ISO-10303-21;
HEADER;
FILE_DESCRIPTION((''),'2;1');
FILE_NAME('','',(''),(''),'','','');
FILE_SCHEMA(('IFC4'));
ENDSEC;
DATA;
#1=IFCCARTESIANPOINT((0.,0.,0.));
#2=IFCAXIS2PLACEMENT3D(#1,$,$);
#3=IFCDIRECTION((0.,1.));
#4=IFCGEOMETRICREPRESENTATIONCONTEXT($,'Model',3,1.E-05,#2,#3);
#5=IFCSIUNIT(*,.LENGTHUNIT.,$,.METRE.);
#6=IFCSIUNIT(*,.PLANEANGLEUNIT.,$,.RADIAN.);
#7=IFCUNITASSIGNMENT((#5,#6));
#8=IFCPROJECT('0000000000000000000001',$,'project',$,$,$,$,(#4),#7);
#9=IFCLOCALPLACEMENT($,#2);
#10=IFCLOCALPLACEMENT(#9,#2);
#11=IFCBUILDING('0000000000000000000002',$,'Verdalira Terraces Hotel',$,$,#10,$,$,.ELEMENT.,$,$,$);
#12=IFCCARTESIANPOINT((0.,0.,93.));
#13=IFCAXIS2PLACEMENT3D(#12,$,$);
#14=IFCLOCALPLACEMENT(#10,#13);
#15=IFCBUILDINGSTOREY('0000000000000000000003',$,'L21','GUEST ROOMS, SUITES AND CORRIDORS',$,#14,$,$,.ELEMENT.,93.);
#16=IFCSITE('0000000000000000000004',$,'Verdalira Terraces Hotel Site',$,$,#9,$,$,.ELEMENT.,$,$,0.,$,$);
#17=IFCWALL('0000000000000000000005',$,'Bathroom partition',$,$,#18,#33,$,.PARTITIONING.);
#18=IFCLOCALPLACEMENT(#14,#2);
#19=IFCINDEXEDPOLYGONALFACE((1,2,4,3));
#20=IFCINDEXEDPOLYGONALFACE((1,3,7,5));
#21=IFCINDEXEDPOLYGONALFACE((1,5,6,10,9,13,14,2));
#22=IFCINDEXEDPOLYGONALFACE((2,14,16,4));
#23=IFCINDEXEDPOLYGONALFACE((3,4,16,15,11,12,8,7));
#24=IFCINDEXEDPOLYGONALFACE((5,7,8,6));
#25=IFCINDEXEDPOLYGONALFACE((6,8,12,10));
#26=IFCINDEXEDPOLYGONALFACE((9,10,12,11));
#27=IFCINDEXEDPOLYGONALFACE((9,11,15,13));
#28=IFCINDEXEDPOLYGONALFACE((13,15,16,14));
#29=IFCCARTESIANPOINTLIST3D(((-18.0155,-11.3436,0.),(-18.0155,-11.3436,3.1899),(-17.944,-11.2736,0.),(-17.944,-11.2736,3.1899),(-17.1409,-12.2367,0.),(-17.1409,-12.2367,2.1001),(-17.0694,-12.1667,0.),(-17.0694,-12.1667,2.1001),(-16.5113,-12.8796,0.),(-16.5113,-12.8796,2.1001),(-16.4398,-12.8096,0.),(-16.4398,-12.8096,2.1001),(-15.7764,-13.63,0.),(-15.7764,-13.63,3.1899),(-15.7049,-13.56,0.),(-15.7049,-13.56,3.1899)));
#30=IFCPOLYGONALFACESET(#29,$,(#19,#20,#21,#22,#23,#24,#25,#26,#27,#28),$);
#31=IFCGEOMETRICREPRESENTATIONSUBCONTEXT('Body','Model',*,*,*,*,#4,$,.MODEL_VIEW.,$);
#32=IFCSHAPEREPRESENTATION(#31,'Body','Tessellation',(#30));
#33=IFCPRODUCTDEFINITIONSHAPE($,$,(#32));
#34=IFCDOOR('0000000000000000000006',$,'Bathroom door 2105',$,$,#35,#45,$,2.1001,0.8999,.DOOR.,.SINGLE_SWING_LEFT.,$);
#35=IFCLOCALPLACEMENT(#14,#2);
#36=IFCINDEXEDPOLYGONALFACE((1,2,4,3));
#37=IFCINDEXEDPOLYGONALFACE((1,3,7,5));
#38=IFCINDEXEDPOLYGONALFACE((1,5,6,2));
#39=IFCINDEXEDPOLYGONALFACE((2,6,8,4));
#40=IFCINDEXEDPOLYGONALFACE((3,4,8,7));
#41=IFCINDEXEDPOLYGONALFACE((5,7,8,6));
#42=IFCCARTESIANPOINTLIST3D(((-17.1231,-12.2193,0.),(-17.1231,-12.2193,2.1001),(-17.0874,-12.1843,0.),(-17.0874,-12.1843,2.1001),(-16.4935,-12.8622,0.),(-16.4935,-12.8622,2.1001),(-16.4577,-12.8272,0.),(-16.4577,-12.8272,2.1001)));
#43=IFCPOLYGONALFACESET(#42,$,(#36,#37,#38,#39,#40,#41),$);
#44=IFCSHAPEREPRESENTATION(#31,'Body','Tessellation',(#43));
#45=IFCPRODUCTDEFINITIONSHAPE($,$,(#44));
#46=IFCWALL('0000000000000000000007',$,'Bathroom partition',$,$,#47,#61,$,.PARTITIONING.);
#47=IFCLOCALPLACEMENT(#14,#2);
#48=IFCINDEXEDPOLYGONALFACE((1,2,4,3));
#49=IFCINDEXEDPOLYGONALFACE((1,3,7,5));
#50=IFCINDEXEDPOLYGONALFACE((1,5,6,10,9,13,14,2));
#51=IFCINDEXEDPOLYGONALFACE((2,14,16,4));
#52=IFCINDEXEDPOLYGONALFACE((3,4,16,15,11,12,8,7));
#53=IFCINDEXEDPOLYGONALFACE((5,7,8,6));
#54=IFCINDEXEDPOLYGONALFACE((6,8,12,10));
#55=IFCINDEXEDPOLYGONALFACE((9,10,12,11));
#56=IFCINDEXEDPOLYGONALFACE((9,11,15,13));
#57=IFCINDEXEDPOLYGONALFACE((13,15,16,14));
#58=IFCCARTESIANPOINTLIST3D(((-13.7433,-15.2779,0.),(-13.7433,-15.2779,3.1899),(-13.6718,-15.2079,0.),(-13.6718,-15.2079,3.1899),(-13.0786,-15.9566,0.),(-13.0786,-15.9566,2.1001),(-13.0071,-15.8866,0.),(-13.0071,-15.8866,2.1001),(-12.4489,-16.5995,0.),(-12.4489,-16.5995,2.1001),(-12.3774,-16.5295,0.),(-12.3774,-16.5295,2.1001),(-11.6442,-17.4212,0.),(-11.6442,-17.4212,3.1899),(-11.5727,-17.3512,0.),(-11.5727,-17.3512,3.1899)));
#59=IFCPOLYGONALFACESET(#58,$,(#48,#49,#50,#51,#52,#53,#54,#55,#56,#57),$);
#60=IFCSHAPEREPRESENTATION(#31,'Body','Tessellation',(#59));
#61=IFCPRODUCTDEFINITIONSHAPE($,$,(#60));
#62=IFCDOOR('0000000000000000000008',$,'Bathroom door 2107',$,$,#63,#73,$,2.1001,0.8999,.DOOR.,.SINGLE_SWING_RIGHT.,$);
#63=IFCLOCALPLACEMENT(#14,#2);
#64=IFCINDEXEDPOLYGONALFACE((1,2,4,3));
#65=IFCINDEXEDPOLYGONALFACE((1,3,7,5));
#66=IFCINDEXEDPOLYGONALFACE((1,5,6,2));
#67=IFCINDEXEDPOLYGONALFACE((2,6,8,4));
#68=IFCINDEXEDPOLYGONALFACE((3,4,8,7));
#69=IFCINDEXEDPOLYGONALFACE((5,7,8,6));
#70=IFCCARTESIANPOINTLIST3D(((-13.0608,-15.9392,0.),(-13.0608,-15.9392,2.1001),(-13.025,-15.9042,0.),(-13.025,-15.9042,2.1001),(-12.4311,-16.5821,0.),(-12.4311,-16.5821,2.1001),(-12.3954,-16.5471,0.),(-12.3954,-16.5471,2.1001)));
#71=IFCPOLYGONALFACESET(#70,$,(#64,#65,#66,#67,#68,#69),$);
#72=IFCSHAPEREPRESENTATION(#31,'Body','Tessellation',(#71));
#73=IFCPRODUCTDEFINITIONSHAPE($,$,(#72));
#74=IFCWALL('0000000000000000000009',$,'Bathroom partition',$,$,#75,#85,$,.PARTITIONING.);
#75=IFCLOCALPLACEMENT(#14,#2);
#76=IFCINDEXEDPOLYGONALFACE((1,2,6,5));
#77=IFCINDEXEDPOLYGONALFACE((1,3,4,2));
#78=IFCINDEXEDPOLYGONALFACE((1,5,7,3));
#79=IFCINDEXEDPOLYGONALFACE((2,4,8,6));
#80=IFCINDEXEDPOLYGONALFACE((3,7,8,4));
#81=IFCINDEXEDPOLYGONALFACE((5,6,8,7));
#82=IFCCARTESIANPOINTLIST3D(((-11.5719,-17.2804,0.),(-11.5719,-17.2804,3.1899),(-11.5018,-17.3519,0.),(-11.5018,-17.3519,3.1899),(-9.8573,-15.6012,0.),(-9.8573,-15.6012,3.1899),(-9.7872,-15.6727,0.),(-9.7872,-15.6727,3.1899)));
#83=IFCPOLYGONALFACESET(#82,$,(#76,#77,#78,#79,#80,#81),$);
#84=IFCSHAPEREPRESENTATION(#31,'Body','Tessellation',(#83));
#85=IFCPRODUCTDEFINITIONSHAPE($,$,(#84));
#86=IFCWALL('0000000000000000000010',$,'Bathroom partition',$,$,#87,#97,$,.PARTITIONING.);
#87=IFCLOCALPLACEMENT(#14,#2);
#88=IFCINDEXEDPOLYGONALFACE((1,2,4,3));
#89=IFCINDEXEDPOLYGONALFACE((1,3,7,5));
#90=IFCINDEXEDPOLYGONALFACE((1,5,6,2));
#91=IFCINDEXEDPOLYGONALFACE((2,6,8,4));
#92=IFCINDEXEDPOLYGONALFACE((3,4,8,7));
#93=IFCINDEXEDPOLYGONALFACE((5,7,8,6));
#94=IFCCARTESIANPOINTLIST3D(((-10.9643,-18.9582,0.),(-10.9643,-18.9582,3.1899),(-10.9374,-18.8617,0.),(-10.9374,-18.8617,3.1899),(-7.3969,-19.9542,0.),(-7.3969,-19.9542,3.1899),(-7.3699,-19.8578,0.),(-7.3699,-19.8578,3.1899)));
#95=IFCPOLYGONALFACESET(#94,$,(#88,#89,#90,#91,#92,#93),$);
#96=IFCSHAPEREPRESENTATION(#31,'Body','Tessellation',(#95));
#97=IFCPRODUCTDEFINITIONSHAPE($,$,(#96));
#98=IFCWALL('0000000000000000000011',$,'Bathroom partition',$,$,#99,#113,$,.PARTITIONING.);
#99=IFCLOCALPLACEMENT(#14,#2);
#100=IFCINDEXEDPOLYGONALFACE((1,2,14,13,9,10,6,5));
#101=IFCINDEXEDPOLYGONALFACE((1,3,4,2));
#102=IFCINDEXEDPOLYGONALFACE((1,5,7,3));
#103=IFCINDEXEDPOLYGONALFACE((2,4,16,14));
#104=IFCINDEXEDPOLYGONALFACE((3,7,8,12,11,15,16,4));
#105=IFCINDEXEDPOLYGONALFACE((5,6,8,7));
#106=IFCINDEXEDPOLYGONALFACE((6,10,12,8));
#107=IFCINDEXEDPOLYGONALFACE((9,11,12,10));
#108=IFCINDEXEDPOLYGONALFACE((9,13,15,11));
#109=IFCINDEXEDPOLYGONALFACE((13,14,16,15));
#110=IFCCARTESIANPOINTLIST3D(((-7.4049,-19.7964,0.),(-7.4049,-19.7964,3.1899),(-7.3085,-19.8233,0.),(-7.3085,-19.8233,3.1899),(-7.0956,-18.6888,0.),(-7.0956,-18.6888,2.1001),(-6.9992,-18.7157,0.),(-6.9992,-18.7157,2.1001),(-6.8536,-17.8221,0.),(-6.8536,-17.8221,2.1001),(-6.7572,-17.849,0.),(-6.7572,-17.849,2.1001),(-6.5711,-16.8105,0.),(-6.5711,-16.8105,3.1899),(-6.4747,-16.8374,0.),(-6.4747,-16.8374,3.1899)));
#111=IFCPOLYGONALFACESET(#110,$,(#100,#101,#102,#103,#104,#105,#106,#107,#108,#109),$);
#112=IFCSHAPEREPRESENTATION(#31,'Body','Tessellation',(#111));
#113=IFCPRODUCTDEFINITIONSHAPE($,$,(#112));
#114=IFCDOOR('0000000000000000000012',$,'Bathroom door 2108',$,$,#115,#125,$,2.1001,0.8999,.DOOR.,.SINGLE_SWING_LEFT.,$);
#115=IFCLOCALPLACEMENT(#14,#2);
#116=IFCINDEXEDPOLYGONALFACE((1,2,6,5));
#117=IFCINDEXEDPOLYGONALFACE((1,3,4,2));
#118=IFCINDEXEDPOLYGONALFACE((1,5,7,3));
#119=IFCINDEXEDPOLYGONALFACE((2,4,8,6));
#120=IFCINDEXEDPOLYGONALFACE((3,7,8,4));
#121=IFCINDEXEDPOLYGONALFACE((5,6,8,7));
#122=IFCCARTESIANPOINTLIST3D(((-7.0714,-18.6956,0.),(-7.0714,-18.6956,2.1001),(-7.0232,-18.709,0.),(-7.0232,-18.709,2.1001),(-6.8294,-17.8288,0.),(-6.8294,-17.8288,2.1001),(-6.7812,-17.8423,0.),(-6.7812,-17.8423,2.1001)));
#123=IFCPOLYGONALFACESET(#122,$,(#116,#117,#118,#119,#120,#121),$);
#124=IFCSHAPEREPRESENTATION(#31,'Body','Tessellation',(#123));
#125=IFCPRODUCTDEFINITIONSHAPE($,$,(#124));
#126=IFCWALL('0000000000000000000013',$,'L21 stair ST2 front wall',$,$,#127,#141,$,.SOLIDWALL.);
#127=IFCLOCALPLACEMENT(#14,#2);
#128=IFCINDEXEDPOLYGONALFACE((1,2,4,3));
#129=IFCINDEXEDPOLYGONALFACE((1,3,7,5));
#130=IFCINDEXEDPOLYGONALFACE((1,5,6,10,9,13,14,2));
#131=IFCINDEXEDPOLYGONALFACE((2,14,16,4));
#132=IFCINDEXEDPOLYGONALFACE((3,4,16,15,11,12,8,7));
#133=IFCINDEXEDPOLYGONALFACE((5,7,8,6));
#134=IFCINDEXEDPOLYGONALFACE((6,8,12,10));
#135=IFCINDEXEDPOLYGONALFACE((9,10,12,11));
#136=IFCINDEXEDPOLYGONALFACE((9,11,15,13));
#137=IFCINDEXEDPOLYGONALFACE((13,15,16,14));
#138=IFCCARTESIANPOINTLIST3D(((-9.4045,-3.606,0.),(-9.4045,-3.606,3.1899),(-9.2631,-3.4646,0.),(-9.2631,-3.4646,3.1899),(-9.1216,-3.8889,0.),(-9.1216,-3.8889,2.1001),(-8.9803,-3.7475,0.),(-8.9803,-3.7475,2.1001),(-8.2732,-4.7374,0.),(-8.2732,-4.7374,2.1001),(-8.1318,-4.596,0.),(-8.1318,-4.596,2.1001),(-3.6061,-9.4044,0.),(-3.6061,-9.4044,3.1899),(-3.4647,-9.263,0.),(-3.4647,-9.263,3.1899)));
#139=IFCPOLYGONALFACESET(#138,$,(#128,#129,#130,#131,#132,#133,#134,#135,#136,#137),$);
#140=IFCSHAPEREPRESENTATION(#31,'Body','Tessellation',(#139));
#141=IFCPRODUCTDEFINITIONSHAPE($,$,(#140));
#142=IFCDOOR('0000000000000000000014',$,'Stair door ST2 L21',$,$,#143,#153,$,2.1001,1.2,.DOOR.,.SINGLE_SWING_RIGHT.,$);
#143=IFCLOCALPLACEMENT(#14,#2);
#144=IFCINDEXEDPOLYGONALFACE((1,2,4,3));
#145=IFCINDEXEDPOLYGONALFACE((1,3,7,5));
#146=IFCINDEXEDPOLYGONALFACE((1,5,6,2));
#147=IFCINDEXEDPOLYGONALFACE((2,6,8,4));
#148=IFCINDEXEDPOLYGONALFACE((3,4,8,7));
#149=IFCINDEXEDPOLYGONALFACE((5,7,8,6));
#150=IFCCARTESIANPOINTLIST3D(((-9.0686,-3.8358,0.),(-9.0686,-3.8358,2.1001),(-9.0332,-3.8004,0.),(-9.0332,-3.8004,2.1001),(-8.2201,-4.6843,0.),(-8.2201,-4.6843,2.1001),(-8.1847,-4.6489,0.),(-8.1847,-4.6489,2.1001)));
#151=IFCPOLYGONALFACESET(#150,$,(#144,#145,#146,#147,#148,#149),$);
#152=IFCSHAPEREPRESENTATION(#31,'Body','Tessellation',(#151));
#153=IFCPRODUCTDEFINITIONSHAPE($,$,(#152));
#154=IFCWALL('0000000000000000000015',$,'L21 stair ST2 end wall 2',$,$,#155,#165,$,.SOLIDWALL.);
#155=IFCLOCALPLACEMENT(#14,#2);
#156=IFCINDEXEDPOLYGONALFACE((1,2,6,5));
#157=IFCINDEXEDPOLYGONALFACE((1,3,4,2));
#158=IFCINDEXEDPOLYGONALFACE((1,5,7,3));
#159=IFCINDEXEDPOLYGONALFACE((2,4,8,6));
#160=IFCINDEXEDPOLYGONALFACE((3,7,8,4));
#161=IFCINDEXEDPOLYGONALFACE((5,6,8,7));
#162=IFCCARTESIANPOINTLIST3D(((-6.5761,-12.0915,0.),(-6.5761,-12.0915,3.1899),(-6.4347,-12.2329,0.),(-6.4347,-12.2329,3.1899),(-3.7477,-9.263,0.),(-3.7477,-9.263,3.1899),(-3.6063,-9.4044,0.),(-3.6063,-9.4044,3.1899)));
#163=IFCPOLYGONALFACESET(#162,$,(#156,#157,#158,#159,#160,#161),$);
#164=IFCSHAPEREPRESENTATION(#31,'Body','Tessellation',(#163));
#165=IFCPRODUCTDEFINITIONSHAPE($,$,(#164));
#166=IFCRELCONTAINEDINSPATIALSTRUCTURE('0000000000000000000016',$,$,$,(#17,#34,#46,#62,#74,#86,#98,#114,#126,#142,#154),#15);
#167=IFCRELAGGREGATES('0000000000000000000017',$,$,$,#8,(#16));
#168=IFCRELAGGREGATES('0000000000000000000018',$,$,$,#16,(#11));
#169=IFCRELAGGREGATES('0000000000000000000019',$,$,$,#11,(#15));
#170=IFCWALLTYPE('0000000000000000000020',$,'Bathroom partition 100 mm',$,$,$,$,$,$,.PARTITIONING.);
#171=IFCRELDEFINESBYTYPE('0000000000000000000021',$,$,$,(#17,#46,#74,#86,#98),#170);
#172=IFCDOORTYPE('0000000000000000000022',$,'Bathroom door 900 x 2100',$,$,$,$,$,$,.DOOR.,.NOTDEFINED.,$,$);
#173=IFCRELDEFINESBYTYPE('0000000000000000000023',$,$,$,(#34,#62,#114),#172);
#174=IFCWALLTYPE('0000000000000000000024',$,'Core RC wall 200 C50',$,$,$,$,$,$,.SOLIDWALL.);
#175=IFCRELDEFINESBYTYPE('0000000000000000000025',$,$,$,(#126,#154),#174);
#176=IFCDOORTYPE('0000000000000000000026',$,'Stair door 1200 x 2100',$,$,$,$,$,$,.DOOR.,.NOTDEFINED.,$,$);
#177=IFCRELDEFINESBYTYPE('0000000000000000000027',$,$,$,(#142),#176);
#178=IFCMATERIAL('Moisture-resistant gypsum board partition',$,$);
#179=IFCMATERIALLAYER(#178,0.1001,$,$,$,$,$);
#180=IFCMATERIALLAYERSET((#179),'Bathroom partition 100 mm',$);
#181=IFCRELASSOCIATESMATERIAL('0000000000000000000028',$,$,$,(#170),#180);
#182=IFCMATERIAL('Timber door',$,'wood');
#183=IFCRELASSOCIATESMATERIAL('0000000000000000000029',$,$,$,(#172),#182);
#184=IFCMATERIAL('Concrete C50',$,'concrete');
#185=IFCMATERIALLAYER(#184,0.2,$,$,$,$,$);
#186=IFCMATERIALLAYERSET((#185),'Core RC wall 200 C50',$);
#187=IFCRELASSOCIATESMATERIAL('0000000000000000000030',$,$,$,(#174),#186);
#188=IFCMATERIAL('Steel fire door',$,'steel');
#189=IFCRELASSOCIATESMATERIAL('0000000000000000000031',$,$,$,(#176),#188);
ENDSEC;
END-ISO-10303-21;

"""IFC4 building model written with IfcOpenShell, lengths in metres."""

from ifc_helpers import new_model, si_unit, direction, frame, frame_2d, origin, place, context, subcontext, project, spatial, rectangle, extrude, material, layer, layer_set, type_object, element, fill, save


model = new_model("IFC4")

# Units and contexts
model_context = context("Model", 3, precision=1e-05, world=origin(), true_north=direction((0.0, 1.0)))
body_context = subcontext(model_context, "Body", "Model", "MODEL_VIEW")
ifc_project = project(units=[si_unit("LENGTHUNIT", "METRE"), si_unit("PLANEANGLEUNIT", "RADIAN")], contexts=[model_context])

# Site, building, storey
site_placement = place(None, origin())
site = spatial("IfcSite", under=ifc_project, at=site_placement, Name="Verdalira Terraces Hotel Site", CompositionType="ELEMENT", RefElevation=0.0)
building_placement = place(site_placement, origin())
building = spatial("IfcBuilding", under=site, at=building_placement, Name="Verdalira Terraces Hotel", CompositionType="ELEMENT")
storey_placement = place(building_placement, frame((0.0, 0.0, 93.0)))
storey = spatial("IfcBuildingStorey", under=building, at=storey_placement, Name="L21", Description="GUEST ROOMS, SUITES AND CORRIDORS", CompositionType="ELEMENT", Elevation=93.0)

# Shared definitions
ifc_material_1 = material(Name="Moisture-resistant gypsum board partition")
ifc_layer_1 = layer(ifc_material_1, 0.1001)
ifc_layer_set_1 = layer_set([ifc_layer_1], Name="Bathroom partition 100 mm")
wall_type_1 = type_object("IfcWallType", Name="Bathroom partition 100 mm", PredefinedType="PARTITIONING", material=ifc_layer_set_1)

# Walls, openings, doors
wall_1_placement = place(storey_placement, frame((-17.9797, -11.3086, 0.0), z_axis=(0.0, 0.0, 1.0), x_axis=(0.699668, -0.714468, 0.0)))
wall_1 = element("IfcWall", 1, at=wall_1_placement, inside=storey, type_object=wall_type_1, Name="Bathroom partition", PredefinedType="PARTITIONING", context=body_context, shape_type="SweptSolid", body=[
    extrude(rectangle(XDim=3.2002, YDim=0.1001, at=frame_2d((1.6001, 0.0))), origin(), (0.0, 0.0, 1.0), 3.1899),
])
opening_1_placement = place(wall_1_placement, frame((1.25, 0.0, 0.0)))
opening_1 = element("IfcOpeningElement", 2, at=opening_1_placement, cuts=wall_1, PredefinedType="OPENING", context=body_context, shape_type="SweptSolid", body=[
    extrude(rectangle(XDim=0.8999, YDim=2.1001, at=frame_2d((0.45, 1.05))), frame((0.0, 0.0601, 0.0), z_axis=(0.0, -1.0, 0.0), x_axis=(1.0, 0.0, 0.0)), (0.0, 0.0, 1.0), 0.1201),
])
ifc_material_2 = material(Name="Timber door", Category="wood")
door_type_1 = type_object("IfcDoorType", Name="Bathroom door 900 x 2100", OperationType="NOTDEFINED", PredefinedType="DOOR", material=ifc_material_2)
door_1_placement = place(opening_1_placement, origin())
door_1 = element("IfcDoor", 3, at=door_1_placement, inside=storey, type_object=door_type_1, Name="Bathroom door 2105", OperationType="SINGLE_SWING_LEFT", OverallHeight=2.1001, OverallWidth=0.8999, PredefinedType="DOOR", context=body_context, shape_type="SweptSolid", body=[
    extrude(rectangle(XDim=0.8999, YDim=2.1001, at=frame_2d((0.45, 1.05))), frame((0.0, 0.0249, 0.0), z_axis=(0.0, -1.0, 0.0), x_axis=(1.0, 0.0, 0.0)), (0.0, 0.0, 1.0), 0.05),
])
fill(opening_1, door_1)
wall_2_placement = place(storey_placement, frame((-13.7075, -15.2429, 0.0), z_axis=(0.0, 0.0, 1.0), x_axis=(0.699704, -0.714433, 0.0)))
wall_2 = element("IfcWall", 4, at=wall_2_placement, inside=storey, type_object=wall_type_1, Name="Bathroom partition", PredefinedType="PARTITIONING", context=body_context, shape_type="SweptSolid", body=[
    extrude(rectangle(XDim=3.0, YDim=0.1001, at=frame_2d((1.5, 0.0))), origin(), (0.0, 0.0, 1.0), 3.1899),
])
opening_2_placement = place(wall_2_placement, frame((0.95, 0.0, 0.0)))
opening_2 = element("IfcOpeningElement", 5, at=opening_2_placement, cuts=wall_2, PredefinedType="OPENING", context=body_context, shape_type="SweptSolid", body=[
    extrude(rectangle(XDim=0.8999, YDim=2.1001, at=frame_2d((0.45, 1.05))), frame((0.0, 0.0601, 0.0), z_axis=(0.0, -1.0, 0.0), x_axis=(1.0, 0.0, 0.0)), (0.0, 0.0, 1.0), 0.1201),
])
door_2_placement = place(opening_2_placement, origin())
door_2 = element("IfcDoor", 6, at=door_2_placement, inside=storey, type_object=door_type_1, Name="Bathroom door 2107", OperationType="SINGLE_SWING_RIGHT", OverallHeight=2.1001, OverallWidth=0.8999, PredefinedType="DOOR", context=body_context, shape_type="SweptSolid", body=[
    extrude(rectangle(XDim=0.8999, YDim=2.1001, at=frame_2d((0.45, 1.05))), frame((0.0, 0.0249, 0.0), z_axis=(0.0, -1.0, 0.0), x_axis=(1.0, 0.0, 0.0)), (0.0, 0.0, 1.0), 0.05),
])
fill(opening_2, door_2)

# Walls
wall_3_placement = place(storey_placement, frame((-9.8223, -15.637, 0.0), z_axis=(0.0, 0.0, 1.0), x_axis=(-0.714444, -0.699693, 0.0)))
element("IfcWall", 7, at=wall_3_placement, inside=storey, type_object=wall_type_1, Name="Bathroom partition", PredefinedType="PARTITIONING", context=body_context, shape_type="SweptSolid", body=[
    extrude(rectangle(XDim=2.3999, YDim=0.1001, at=frame_2d((1.2, 0.0))), origin(), (0.0, 0.0, 1.0), 3.1899),
])
wall_4_placement = place(storey_placement, frame((-10.9509, -18.9099, 0.0), z_axis=(0.0, 0.0, 1.0), x_axis=(0.963158, -0.268935, 0.0)))
element("IfcWall", 8, at=wall_4_placement, inside=storey, type_object=wall_type_1, Name="Bathroom partition", PredefinedType="PARTITIONING", context=body_context, shape_type="SweptSolid", body=[
    extrude(rectangle(XDim=3.7039, YDim=0.1001, at=frame_2d((1.8521, 0.0))), origin(), (0.0, 0.0, 1.0), 3.1899),
])

# Walls, openings, doors
wall_5_placement = place(storey_placement, frame((-7.3567, -19.8098, 0.0), z_axis=(0.0, 0.0, 1.0), x_axis=(0.268943, 0.963156, 0.0)))
wall_5 = element("IfcWall", 9, at=wall_5_placement, inside=storey, type_object=wall_type_1, Name="Bathroom partition", PredefinedType="PARTITIONING", context=body_context, shape_type="SweptSolid", body=[
    extrude(rectangle(XDim=3.1001, YDim=0.1001, at=frame_2d((1.55, 0.0))), origin(), (0.0, 0.0, 1.0), 3.1899),
])
opening_3_placement = place(wall_5_placement, frame((1.1499, 0.0, 0.0)))
opening_3 = element("IfcOpeningElement", 10, at=opening_3_placement, cuts=wall_5, PredefinedType="OPENING", context=body_context, shape_type="SweptSolid", body=[
    extrude(rectangle(XDim=0.8999, YDim=2.1001, at=frame_2d((0.45, 1.05))), frame((0.0, 0.0601, 0.0), z_axis=(0.0, -1.0, 0.0), x_axis=(1.0, 0.0, 0.0)), (0.0, 0.0, 1.0), 0.1201),
])
door_3_placement = place(opening_3_placement, origin())
door_3 = element("IfcDoor", 11, at=door_3_placement, inside=storey, type_object=door_type_1, Name="Bathroom door 2108", OperationType="SINGLE_SWING_LEFT", OverallHeight=2.1001, OverallWidth=0.8999, PredefinedType="DOOR", context=body_context, shape_type="SweptSolid", body=[
    extrude(rectangle(XDim=0.8999, YDim=2.1001, at=frame_2d((0.45, 1.05))), frame((0.0, 0.0249, 0.0), z_axis=(0.0, -1.0, 0.0), x_axis=(1.0, 0.0, 0.0)), (0.0, 0.0, 1.0), 0.05),
])
fill(opening_3, door_3)
ifc_material_3 = material(Name="Concrete C50", Category="concrete")
ifc_layer_2 = layer(ifc_material_3, 0.2)
ifc_layer_set_2 = layer_set([ifc_layer_2], Name="Core RC wall 200 C50")
wall_type_2 = type_object("IfcWallType", Name="Core RC wall 200 C50", PredefinedType="SOLIDWALL", material=ifc_layer_set_2)
wall_6_placement = place(storey_placement, frame((-3.5354, -9.3337, 0.0), z_axis=(0.0, 0.0, 1.0), x_axis=(-0.707107, 0.707107, 0.0)))
wall_6 = element("IfcWall", 12, at=wall_6_placement, inside=storey, type_object=wall_type_2, Name="L21 stair ST2 front wall", PredefinedType="SOLIDWALL", context=body_context, shape_type="SweptSolid", body=[
    extrude(rectangle(XDim=8.2002, YDim=0.2, at=frame_2d((4.1001, 0.0))), origin(), (0.0, 0.0, 1.0), 3.1899),
])
opening_4_placement = place(wall_6_placement, frame((6.6001, 0.0, 0.0)))
opening_4 = element("IfcOpeningElement", 13, at=opening_4_placement, cuts=wall_6, PredefinedType="OPENING", context=body_context, shape_type="SweptSolid", body=[
    extrude(rectangle(XDim=1.2, YDim=2.1001, at=frame_2d((0.6001, 1.05))), frame((0.0, 0.1099, 0.0), z_axis=(0.0, -1.0, 0.0), x_axis=(1.0, 0.0, 0.0)), (0.0, 0.0, 1.0), 0.22),
])
ifc_material_4 = material(Name="Steel fire door", Category="steel")
door_type_2 = type_object("IfcDoorType", Name="Stair door 1200 x 2100", OperationType="NOTDEFINED", PredefinedType="DOOR", material=ifc_material_4)
door_4_placement = place(opening_4_placement, origin())
door_4 = element("IfcDoor", 14, at=door_4_placement, inside=storey, type_object=door_type_2, Name="Stair door ST2 L21", OperationType="SINGLE_SWING_RIGHT", OverallHeight=2.1001, OverallWidth=1.2, PredefinedType="DOOR", context=body_context, shape_type="SweptSolid", body=[
    extrude(rectangle(XDim=1.2, YDim=2.1001, at=frame_2d((0.6001, 1.05))), frame((0.0, 0.0249, 0.0), z_axis=(0.0, -1.0, 0.0), x_axis=(1.0, 0.0, 0.0)), (0.0, 0.0, 1.0), 0.05),
])
fill(opening_4, door_4)

# Wall
wall_7_placement = place(storey_placement, frame((-3.677, -9.3337, 0.0), z_axis=(0.0, 0.0, 1.0), x_axis=(-0.707107, -0.707107, 0.0)))
element("IfcWall", 15, at=wall_7_placement, inside=storey, type_object=wall_type_2, Name="L21 stair ST2 end wall 2", PredefinedType="SOLIDWALL", context=body_context, shape_type="SweptSolid", body=[
    extrude(rectangle(XDim=4.0, YDim=0.2, at=frame_2d((2.0, 0.0))), origin(), (0.0, 0.0, 1.0), 3.1899),
])

save(model, "model.ifc")
